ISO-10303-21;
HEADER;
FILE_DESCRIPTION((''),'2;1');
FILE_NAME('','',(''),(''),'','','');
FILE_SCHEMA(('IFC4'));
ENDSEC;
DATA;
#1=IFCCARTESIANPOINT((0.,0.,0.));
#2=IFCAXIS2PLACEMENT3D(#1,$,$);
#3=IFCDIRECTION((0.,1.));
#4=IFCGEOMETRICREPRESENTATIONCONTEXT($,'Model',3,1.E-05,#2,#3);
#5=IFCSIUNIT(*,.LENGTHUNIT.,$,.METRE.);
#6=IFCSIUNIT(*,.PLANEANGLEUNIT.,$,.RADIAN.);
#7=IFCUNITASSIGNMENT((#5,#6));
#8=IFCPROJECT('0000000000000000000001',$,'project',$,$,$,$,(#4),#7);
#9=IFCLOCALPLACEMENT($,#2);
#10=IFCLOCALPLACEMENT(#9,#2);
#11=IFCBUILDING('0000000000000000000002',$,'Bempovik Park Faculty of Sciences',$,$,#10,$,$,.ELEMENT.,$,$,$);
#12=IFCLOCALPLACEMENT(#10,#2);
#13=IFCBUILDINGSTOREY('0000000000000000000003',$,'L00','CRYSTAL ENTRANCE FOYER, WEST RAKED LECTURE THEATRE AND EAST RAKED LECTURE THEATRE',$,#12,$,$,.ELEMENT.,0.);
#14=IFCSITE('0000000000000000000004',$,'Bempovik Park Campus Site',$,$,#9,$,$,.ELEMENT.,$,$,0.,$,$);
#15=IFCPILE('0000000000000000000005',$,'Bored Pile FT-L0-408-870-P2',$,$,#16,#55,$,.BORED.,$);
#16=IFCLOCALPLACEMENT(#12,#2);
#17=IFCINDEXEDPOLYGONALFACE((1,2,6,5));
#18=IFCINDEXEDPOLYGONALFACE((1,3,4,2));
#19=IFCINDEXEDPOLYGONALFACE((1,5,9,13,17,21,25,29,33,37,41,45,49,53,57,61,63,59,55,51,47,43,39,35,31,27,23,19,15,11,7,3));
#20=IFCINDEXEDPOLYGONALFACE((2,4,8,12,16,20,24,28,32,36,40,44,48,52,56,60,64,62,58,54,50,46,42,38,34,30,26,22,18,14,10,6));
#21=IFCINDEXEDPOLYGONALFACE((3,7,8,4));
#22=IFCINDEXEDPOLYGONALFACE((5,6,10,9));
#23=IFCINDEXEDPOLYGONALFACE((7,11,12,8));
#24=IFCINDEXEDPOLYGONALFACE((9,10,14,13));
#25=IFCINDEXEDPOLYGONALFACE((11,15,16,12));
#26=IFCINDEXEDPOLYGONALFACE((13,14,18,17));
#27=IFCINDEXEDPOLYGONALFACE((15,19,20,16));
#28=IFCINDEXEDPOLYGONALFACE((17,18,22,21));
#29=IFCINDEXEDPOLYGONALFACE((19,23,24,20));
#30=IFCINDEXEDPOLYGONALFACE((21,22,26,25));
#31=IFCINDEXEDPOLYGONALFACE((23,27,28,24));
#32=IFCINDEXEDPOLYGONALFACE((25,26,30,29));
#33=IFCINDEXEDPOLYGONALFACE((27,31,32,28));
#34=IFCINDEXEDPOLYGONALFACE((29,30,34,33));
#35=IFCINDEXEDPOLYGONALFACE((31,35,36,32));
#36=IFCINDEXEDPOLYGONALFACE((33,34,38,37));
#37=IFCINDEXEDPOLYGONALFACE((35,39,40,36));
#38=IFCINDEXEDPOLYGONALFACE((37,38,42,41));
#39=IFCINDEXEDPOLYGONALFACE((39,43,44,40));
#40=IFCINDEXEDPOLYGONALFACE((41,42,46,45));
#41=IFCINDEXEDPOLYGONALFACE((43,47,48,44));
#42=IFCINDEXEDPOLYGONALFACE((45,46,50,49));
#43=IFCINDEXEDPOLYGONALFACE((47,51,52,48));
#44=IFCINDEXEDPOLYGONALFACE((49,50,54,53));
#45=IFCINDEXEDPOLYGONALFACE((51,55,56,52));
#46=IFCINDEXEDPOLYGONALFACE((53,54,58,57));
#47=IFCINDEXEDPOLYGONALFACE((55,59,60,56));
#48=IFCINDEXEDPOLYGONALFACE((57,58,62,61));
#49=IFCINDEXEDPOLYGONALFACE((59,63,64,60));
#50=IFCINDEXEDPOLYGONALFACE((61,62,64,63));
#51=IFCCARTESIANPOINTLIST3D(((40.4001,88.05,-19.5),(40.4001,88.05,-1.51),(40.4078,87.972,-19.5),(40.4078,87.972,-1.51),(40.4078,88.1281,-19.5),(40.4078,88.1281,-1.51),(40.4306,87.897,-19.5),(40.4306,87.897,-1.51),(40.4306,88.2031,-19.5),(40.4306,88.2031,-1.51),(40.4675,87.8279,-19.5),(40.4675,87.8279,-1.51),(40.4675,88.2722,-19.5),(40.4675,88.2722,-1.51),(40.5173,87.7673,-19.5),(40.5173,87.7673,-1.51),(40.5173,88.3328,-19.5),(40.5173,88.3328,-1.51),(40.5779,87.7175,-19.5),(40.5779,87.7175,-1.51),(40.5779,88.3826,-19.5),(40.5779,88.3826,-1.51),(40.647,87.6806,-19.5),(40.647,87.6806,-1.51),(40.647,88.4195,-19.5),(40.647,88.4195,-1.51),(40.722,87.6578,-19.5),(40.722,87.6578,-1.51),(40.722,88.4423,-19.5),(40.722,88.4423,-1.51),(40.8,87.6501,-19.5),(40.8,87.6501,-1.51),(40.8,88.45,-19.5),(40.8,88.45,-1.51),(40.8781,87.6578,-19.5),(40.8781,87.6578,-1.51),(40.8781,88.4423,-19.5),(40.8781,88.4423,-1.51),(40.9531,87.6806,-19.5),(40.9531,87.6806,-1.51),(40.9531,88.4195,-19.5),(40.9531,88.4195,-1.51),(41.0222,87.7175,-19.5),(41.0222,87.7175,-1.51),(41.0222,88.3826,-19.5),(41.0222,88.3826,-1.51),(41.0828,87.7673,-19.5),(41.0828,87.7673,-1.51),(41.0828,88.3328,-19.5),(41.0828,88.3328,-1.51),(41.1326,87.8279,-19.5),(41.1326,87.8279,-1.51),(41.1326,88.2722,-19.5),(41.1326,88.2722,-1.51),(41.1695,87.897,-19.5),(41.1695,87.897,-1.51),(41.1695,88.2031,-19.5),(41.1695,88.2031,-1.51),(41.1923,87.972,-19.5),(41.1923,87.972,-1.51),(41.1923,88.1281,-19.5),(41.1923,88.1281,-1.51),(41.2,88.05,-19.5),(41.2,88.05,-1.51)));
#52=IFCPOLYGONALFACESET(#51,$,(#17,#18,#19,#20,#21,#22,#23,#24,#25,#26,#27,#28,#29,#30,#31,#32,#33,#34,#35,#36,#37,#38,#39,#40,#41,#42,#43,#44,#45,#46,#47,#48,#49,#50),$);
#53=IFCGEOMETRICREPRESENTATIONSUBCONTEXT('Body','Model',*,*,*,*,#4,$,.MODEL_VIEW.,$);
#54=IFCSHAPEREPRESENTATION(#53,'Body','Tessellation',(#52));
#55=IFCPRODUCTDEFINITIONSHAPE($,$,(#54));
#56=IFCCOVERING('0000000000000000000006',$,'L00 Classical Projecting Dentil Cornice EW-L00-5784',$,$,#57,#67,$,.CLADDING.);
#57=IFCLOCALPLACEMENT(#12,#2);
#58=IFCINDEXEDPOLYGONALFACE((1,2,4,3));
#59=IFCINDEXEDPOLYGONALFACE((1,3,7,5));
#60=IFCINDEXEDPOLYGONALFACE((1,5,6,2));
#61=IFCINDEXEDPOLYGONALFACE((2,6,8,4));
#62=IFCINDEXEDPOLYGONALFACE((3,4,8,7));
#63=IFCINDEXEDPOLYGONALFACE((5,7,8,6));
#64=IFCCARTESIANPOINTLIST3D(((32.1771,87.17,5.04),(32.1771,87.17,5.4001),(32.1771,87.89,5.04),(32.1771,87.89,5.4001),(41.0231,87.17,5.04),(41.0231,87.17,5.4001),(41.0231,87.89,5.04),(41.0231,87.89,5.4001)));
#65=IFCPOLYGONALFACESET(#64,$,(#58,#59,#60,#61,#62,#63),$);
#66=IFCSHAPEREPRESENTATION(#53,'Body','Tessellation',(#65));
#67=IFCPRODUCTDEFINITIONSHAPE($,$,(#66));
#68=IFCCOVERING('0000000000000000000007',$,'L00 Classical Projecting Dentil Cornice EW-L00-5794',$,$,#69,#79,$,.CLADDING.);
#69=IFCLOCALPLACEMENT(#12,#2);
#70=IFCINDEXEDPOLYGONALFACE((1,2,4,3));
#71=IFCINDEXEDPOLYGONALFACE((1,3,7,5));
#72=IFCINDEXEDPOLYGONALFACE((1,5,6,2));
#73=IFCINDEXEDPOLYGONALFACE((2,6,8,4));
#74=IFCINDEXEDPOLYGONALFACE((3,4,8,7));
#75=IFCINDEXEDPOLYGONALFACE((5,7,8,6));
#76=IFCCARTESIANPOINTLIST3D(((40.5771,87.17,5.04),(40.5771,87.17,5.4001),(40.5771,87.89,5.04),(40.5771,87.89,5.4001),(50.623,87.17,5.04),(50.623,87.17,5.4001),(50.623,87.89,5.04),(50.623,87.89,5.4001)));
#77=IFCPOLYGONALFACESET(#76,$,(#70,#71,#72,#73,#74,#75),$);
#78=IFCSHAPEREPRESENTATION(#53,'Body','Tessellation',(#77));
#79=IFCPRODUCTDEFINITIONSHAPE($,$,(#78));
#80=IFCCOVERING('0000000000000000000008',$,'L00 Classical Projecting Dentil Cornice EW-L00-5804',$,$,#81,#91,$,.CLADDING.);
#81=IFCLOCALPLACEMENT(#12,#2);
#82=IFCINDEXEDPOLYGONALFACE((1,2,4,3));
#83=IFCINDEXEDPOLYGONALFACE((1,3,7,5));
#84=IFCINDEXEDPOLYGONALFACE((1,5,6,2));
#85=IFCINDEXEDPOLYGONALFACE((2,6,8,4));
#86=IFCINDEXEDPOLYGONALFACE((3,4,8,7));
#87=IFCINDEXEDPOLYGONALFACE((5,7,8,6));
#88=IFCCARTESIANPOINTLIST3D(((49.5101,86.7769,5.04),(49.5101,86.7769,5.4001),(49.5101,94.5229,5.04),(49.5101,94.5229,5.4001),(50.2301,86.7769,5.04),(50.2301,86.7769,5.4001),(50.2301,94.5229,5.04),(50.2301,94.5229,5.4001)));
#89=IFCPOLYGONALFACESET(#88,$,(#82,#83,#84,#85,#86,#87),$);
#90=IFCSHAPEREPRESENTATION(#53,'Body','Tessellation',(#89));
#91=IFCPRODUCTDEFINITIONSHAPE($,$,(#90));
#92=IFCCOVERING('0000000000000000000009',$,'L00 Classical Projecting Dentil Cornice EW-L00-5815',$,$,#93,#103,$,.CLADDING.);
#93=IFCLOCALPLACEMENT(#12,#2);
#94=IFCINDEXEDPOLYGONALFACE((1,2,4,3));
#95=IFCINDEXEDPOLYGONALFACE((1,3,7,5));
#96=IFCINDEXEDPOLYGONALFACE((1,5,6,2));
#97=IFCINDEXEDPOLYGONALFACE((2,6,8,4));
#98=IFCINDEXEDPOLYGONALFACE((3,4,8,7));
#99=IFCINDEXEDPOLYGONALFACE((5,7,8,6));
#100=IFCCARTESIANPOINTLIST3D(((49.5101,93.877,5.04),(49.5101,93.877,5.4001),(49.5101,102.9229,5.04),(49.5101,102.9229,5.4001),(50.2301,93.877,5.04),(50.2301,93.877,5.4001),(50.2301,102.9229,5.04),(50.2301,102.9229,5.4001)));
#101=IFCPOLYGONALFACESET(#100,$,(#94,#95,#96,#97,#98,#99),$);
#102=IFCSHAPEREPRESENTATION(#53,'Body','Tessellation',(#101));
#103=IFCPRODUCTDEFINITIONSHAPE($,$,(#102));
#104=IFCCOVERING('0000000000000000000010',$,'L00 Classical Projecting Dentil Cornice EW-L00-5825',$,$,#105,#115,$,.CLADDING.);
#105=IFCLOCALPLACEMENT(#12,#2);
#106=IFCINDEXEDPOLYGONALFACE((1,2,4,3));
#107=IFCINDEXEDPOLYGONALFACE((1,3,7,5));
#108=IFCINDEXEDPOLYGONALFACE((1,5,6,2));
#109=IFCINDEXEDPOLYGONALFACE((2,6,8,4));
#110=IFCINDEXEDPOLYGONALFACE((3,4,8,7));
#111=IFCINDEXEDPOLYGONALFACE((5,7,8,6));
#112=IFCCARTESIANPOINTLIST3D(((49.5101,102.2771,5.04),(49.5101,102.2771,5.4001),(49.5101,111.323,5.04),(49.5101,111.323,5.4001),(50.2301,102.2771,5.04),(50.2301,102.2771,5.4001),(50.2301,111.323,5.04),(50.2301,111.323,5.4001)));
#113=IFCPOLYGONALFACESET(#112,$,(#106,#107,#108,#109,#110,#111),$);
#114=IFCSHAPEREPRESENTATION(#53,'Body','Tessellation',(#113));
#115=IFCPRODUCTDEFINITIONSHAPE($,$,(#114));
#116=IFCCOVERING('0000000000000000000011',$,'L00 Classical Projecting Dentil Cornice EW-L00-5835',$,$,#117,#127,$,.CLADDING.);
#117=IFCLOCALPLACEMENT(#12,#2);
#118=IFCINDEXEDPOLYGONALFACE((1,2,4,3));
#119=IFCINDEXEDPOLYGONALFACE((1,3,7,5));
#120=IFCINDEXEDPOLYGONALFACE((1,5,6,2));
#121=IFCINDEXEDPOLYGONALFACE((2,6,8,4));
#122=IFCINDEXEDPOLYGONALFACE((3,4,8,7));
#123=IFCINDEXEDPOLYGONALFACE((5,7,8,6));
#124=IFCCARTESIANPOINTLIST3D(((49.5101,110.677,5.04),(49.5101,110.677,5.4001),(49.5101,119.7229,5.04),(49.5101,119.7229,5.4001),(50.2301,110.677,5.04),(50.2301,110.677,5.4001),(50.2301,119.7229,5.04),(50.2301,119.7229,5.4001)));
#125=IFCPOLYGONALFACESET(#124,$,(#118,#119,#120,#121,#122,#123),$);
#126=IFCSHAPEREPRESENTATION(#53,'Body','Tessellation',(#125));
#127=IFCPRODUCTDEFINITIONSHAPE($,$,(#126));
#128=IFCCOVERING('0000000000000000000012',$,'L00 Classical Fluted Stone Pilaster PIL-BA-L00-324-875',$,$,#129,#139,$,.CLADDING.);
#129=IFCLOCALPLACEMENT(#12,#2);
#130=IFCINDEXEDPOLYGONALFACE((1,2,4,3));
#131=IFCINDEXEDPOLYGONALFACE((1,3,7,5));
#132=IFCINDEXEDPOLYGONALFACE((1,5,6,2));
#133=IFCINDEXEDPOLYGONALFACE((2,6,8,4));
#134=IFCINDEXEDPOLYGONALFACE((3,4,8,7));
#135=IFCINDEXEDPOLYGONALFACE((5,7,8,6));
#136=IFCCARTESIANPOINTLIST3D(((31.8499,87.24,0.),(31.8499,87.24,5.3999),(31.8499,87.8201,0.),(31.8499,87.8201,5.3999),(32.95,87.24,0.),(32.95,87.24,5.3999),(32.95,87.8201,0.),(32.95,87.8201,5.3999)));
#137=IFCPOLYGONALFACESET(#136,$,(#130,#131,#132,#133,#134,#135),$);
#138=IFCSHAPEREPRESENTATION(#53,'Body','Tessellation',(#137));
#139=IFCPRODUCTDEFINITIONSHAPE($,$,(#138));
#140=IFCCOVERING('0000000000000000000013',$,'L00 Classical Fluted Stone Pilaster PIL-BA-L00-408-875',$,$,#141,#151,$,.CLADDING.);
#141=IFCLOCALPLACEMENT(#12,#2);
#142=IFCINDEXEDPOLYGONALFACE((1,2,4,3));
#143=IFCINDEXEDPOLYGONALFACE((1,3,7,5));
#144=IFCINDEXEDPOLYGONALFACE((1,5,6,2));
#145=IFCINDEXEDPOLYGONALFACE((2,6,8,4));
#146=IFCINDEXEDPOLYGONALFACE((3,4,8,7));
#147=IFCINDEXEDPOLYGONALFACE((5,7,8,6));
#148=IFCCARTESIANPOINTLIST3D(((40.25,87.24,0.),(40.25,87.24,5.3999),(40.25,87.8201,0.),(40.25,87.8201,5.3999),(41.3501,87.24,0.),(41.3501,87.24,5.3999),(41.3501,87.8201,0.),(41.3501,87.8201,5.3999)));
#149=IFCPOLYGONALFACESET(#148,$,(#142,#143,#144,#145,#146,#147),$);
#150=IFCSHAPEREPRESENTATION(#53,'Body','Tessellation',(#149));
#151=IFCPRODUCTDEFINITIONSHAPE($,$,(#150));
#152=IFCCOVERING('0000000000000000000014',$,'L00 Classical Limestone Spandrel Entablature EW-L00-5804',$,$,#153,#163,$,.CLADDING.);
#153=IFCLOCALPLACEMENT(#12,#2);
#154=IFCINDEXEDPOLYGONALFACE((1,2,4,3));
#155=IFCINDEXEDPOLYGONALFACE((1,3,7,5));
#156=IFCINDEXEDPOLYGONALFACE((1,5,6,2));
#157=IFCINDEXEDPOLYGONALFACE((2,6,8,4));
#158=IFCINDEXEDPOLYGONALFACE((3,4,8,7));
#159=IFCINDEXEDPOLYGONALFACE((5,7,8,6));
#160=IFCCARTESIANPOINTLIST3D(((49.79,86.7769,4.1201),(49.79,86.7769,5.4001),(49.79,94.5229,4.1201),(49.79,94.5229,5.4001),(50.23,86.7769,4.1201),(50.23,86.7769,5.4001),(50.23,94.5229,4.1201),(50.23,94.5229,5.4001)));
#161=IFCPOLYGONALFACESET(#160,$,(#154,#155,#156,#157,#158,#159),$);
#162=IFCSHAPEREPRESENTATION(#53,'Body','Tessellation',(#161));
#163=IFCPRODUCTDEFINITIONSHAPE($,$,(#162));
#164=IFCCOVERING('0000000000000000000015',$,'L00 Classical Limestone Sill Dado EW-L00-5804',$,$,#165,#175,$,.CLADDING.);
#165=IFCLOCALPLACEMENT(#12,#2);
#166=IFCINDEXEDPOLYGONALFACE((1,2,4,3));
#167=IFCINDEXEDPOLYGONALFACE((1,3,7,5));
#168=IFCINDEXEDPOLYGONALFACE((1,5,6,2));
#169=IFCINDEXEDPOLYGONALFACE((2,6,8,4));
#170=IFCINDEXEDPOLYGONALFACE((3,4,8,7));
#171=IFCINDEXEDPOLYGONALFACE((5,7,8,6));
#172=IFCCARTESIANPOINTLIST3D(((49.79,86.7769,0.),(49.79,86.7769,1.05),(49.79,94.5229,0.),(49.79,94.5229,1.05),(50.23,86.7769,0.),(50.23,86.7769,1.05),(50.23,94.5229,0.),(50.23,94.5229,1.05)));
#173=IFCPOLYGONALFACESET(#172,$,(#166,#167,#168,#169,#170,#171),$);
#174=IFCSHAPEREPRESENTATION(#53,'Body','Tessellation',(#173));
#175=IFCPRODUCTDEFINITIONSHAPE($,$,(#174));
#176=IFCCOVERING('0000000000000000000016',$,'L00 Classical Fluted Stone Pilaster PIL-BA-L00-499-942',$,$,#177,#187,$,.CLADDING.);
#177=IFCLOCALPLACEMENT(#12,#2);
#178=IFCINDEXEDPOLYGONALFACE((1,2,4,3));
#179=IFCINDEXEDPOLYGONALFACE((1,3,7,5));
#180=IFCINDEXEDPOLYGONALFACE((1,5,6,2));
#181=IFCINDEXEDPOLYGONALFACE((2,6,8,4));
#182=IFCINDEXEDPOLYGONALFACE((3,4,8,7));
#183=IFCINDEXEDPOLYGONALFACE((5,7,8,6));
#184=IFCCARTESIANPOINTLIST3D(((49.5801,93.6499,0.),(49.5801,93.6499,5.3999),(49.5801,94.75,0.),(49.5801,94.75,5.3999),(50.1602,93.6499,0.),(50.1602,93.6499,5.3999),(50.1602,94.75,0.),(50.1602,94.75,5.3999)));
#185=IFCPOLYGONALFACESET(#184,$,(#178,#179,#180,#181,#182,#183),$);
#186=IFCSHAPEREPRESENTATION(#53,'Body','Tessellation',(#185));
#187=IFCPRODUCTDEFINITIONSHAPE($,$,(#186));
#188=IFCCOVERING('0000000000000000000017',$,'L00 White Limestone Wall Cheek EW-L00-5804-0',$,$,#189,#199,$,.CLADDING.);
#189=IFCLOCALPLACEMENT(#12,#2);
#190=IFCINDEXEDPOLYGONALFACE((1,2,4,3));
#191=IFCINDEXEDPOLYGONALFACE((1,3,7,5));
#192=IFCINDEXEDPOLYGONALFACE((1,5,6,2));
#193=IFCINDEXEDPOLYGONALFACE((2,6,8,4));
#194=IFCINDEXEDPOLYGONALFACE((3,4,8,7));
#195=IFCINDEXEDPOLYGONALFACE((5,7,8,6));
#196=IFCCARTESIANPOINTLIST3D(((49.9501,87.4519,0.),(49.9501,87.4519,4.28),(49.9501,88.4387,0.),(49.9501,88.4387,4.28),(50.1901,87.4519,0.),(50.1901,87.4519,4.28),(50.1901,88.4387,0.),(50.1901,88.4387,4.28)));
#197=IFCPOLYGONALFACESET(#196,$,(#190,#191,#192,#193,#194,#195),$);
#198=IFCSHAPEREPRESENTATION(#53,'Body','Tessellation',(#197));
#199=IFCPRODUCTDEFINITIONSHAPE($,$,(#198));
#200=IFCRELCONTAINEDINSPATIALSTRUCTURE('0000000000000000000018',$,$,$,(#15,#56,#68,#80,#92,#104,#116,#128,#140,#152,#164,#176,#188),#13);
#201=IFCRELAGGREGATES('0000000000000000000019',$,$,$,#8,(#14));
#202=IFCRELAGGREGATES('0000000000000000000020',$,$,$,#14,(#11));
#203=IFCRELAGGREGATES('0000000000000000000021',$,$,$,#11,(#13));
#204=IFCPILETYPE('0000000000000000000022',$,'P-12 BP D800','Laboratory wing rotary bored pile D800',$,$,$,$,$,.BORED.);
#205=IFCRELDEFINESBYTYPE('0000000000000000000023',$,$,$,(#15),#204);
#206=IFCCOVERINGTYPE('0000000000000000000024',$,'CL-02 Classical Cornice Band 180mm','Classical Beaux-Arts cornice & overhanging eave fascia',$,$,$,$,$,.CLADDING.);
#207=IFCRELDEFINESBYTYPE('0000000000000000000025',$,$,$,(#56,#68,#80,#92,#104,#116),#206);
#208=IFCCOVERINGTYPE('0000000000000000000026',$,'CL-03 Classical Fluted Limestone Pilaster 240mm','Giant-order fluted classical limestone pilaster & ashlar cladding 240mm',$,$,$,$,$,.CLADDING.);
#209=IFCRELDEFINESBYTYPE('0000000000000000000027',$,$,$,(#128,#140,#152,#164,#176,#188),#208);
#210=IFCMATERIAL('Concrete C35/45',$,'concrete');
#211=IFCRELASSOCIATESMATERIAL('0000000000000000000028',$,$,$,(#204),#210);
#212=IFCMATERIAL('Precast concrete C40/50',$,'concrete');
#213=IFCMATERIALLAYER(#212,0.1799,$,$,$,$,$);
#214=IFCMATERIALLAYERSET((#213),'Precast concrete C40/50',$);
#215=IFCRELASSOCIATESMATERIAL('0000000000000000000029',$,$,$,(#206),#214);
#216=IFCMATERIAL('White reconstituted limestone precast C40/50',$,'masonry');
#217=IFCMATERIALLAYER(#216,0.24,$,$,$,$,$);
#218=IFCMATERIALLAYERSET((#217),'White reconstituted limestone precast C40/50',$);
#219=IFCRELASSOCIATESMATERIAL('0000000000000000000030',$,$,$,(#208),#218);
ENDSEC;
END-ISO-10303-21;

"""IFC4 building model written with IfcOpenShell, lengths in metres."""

from ifc_helpers import new_model, si_unit, direction, frame, origin, origin_2d, place, context, subcontext, project, spatial, rectangle, circle, extrude, material, layer, layer_set, material_profile, profile_set, type_object, element, save


model = new_model("IFC4")

# Units and contexts
model_context = context("Model", 3, precision=1e-05, world=origin(), true_north=direction((0.0, 1.0)))
body_context = subcontext(model_context, "Body", "Model", "MODEL_VIEW")
ifc_project = project(units=[si_unit("LENGTHUNIT", "METRE"), si_unit("PLANEANGLEUNIT", "RADIAN")], contexts=[model_context])

# Site, building, storey
site_placement = place(None, origin())
site = spatial("IfcSite", under=ifc_project, at=site_placement, Name="Bempovik Park Campus Site", CompositionType="ELEMENT", RefElevation=0.0)
building_placement = place(site_placement, origin())
building = spatial("IfcBuilding", under=site, at=building_placement, Name="Bempovik Park Faculty of Sciences", CompositionType="ELEMENT")
storey_placement = place(building_placement, origin())
storey = spatial("IfcBuildingStorey", under=building, at=storey_placement, Name="L00", Description="CRYSTAL ENTRANCE FOYER, WEST RAKED LECTURE THEATRE AND EAST RAKED LECTURE THEATRE", CompositionType="ELEMENT", Elevation=0.0)

# Pile
ifc_material_1 = material(Name="Concrete C35/45", Category="concrete")
ifc_material_profile = material_profile(ifc_material_1, circle(Radius=0.3999, at=origin_2d()), Name="BP D800")
ifc_profile_set = profile_set([ifc_material_profile], Name="Concrete C35/45")
pile_type = type_object("IfcPileType", Name="P-12 BP D800", Description="Laboratory wing rotary bored pile D800", PredefinedType="BORED", material=ifc_profile_set)
pile_placement = place(storey_placement, frame((40.8, 88.05, -1.51), z_axis=(0.0, 0.0, -1.0), x_axis=(1.0, 0.0, 0.0)))
element("IfcPile", 1, at=pile_placement, inside=storey, type_object=pile_type, Name="Bored Pile FT-L0-408-870-P2", PredefinedType="BORED", context=body_context, shape_type="SweptSolid", body=[
    extrude(circle(Radius=0.3999, at=origin_2d()), origin(), (0.0, 0.0, 1.0), 17.99),
])

# Coverings
ifc_material_2 = material(Name="Precast concrete C40/50", Category="concrete")
ifc_layer_1 = layer(ifc_material_2, 0.1799)
ifc_layer_set_1 = layer_set([ifc_layer_1], Name="Precast concrete C40/50")
covering_type_1 = type_object("IfcCoveringType", Name="CL-02 Classical Cornice Band 180mm", Description="Classical Beaux-Arts cornice & overhanging eave fascia", PredefinedType="CLADDING", material=ifc_layer_set_1)
covering_1_placement = place(storey_placement, frame((36.6001, 87.53, 5.04), z_axis=(0.0, 0.0, 1.0), x_axis=(1.0, 0.0, 0.0)))
element("IfcCovering", 2, at=covering_1_placement, inside=storey, type_object=covering_type_1, Name="L00 Classical Projecting Dentil Cornice EW-L00-5784", PredefinedType="CLADDING", context=body_context, shape_type="SweptSolid", body=[
    extrude(rectangle(XDim=8.8459, YDim=0.72, at=origin_2d()), origin(), (0.0, 0.0, 1.0), 0.3601),
])
covering_2_placement = place(storey_placement, frame((45.6001, 87.53, 5.04), z_axis=(0.0, 0.0, 1.0), x_axis=(1.0, 0.0, 0.0)))
element("IfcCovering", 3, at=covering_2_placement, inside=storey, type_object=covering_type_1, Name="L00 Classical Projecting Dentil Cornice EW-L00-5794", PredefinedType="CLADDING", context=body_context, shape_type="SweptSolid", body=[
    extrude(rectangle(XDim=10.0459, YDim=0.72, at=origin_2d()), origin(), (0.0, 0.0, 1.0), 0.3601),
])
covering_3_placement = place(storey_placement, frame((49.8701, 90.6499, 5.04), z_axis=(0.0, 0.0, 1.0), x_axis=(1.0, 0.0, 0.0)))
element("IfcCovering", 4, at=covering_3_placement, inside=storey, type_object=covering_type_1, Name="L00 Classical Projecting Dentil Cornice EW-L00-5804", PredefinedType="CLADDING", context=body_context, shape_type="SweptSolid", body=[
    extrude(rectangle(XDim=0.72, YDim=7.7461, at=origin_2d()), origin(), (0.0, 0.0, 1.0), 0.3601),
])
for number, where, z_axis, x_axis, name in (
    (5, (49.8701, 98.3999, 5.04), (0.0, 0.0, 1.0), (1.0, 0.0, 0.0), "L00 Classical Projecting Dentil Cornice EW-L00-5815"),
    (6, (49.8701, 106.8, 5.04), (0.0, 0.0, 1.0), (1.0, 0.0, 0.0), "L00 Classical Projecting Dentil Cornice EW-L00-5825"),
    (7, (49.8701, 115.2, 5.04), (0.0, 0.0, 1.0), (1.0, 0.0, 0.0), "L00 Classical Projecting Dentil Cornice EW-L00-5835"),
):
    element("IfcCovering", number, at=place(storey_placement, frame(where, z_axis=z_axis, x_axis=x_axis)), inside=storey, type_object=covering_type_1, Name=name, PredefinedType="CLADDING", context=body_context, shape_type="SweptSolid", body=[
        extrude(rectangle(XDim=0.72, YDim=9.0459, at=origin_2d()), origin(), (0.0, 0.0, 1.0), 0.3601),
    ])
ifc_material_3 = material(Name="White reconstituted limestone precast C40/50", Category="masonry")
ifc_layer_2 = layer(ifc_material_3, 0.24)
ifc_layer_set_2 = layer_set([ifc_layer_2], Name="White reconstituted limestone precast C40/50")
covering_type_2 = type_object("IfcCoveringType", Name="CL-03 Classical Fluted Limestone Pilaster 240mm", Description="Giant-order fluted classical limestone pilaster & ashlar cladding 240mm", PredefinedType="CLADDING", material=ifc_layer_set_2)
for number, where, z_axis, x_axis, name in (
    (8, (32.3999, 87.53, 0.0), (0.0, 0.0, 1.0), (1.0, 0.0, 0.0), "L00 Classical Fluted Stone Pilaster PIL-BA-L00-324-875"),
    (9, (40.8, 87.53, 0.0), (0.0, 0.0, 1.0), (1.0, 0.0, 0.0), "L00 Classical Fluted Stone Pilaster PIL-BA-L00-408-875"),
):
    element("IfcCovering", number, at=place(storey_placement, frame(where, z_axis=z_axis, x_axis=x_axis)), inside=storey, type_object=covering_type_2, Name=name, PredefinedType="CLADDING", context=body_context, shape_type="SweptSolid", body=[
        extrude(rectangle(XDim=1.1001, YDim=0.5801, at=origin_2d()), origin(), (0.0, 0.0, 1.0), 5.3999),
    ])
covering_4_placement = place(storey_placement, frame((50.01, 90.6499, 4.1201), z_axis=(0.0, 0.0, 1.0), x_axis=(1.0, 0.0, 0.0)))
element("IfcCovering", 10, at=covering_4_placement, inside=storey, type_object=covering_type_2, Name="L00 Classical Limestone Spandrel Entablature EW-L00-5804", PredefinedType="CLADDING", context=body_context, shape_type="SweptSolid", body=[
    extrude(rectangle(XDim=0.4399, YDim=7.7461, at=origin_2d()), origin(), (0.0, 0.0, 1.0), 1.28),
])
covering_5_placement = place(storey_placement, frame((50.01, 90.6499, 0.0), z_axis=(0.0, 0.0, 1.0), x_axis=(1.0, 0.0, 0.0)))
element("IfcCovering", 11, at=covering_5_placement, inside=storey, type_object=covering_type_2, Name="L00 Classical Limestone Sill Dado EW-L00-5804", PredefinedType="CLADDING", context=body_context, shape_type="SweptSolid", body=[
    extrude(rectangle(XDim=0.4399, YDim=7.7461, at=origin_2d()), origin(), (0.0, 0.0, 1.0), 1.05),
])
covering_6_placement = place(storey_placement, frame((49.8701, 94.2, 0.0), z_axis=(0.0, 0.0, 1.0), x_axis=(1.0, 0.0, 0.0)))
element("IfcCovering", 12, at=covering_6_placement, inside=storey, type_object=covering_type_2, Name="L00 Classical Fluted Stone Pilaster PIL-BA-L00-499-942", PredefinedType="CLADDING", context=body_context, shape_type="SweptSolid", body=[
    extrude(rectangle(XDim=0.5801, YDim=1.1001, at=origin_2d()), origin(), (0.0, 0.0, 1.0), 5.3999),
])
covering_7_placement = place(storey_placement, frame((50.0701, 87.9453, 0.0), z_axis=(0.0, 0.0, 1.0), x_axis=(1.0, 0.0, 0.0)))
element("IfcCovering", 13, at=covering_7_placement, inside=storey, type_object=covering_type_2, Name="L00 White Limestone Wall Cheek EW-L00-5804-0", PredefinedType="CLADDING", context=body_context, shape_type="SweptSolid", body=[
    extrude(rectangle(XDim=0.24, YDim=0.9868, at=origin_2d()), origin(), (0.0, 0.0, 1.0), 4.28),
])

save(model, "model.ifc")
